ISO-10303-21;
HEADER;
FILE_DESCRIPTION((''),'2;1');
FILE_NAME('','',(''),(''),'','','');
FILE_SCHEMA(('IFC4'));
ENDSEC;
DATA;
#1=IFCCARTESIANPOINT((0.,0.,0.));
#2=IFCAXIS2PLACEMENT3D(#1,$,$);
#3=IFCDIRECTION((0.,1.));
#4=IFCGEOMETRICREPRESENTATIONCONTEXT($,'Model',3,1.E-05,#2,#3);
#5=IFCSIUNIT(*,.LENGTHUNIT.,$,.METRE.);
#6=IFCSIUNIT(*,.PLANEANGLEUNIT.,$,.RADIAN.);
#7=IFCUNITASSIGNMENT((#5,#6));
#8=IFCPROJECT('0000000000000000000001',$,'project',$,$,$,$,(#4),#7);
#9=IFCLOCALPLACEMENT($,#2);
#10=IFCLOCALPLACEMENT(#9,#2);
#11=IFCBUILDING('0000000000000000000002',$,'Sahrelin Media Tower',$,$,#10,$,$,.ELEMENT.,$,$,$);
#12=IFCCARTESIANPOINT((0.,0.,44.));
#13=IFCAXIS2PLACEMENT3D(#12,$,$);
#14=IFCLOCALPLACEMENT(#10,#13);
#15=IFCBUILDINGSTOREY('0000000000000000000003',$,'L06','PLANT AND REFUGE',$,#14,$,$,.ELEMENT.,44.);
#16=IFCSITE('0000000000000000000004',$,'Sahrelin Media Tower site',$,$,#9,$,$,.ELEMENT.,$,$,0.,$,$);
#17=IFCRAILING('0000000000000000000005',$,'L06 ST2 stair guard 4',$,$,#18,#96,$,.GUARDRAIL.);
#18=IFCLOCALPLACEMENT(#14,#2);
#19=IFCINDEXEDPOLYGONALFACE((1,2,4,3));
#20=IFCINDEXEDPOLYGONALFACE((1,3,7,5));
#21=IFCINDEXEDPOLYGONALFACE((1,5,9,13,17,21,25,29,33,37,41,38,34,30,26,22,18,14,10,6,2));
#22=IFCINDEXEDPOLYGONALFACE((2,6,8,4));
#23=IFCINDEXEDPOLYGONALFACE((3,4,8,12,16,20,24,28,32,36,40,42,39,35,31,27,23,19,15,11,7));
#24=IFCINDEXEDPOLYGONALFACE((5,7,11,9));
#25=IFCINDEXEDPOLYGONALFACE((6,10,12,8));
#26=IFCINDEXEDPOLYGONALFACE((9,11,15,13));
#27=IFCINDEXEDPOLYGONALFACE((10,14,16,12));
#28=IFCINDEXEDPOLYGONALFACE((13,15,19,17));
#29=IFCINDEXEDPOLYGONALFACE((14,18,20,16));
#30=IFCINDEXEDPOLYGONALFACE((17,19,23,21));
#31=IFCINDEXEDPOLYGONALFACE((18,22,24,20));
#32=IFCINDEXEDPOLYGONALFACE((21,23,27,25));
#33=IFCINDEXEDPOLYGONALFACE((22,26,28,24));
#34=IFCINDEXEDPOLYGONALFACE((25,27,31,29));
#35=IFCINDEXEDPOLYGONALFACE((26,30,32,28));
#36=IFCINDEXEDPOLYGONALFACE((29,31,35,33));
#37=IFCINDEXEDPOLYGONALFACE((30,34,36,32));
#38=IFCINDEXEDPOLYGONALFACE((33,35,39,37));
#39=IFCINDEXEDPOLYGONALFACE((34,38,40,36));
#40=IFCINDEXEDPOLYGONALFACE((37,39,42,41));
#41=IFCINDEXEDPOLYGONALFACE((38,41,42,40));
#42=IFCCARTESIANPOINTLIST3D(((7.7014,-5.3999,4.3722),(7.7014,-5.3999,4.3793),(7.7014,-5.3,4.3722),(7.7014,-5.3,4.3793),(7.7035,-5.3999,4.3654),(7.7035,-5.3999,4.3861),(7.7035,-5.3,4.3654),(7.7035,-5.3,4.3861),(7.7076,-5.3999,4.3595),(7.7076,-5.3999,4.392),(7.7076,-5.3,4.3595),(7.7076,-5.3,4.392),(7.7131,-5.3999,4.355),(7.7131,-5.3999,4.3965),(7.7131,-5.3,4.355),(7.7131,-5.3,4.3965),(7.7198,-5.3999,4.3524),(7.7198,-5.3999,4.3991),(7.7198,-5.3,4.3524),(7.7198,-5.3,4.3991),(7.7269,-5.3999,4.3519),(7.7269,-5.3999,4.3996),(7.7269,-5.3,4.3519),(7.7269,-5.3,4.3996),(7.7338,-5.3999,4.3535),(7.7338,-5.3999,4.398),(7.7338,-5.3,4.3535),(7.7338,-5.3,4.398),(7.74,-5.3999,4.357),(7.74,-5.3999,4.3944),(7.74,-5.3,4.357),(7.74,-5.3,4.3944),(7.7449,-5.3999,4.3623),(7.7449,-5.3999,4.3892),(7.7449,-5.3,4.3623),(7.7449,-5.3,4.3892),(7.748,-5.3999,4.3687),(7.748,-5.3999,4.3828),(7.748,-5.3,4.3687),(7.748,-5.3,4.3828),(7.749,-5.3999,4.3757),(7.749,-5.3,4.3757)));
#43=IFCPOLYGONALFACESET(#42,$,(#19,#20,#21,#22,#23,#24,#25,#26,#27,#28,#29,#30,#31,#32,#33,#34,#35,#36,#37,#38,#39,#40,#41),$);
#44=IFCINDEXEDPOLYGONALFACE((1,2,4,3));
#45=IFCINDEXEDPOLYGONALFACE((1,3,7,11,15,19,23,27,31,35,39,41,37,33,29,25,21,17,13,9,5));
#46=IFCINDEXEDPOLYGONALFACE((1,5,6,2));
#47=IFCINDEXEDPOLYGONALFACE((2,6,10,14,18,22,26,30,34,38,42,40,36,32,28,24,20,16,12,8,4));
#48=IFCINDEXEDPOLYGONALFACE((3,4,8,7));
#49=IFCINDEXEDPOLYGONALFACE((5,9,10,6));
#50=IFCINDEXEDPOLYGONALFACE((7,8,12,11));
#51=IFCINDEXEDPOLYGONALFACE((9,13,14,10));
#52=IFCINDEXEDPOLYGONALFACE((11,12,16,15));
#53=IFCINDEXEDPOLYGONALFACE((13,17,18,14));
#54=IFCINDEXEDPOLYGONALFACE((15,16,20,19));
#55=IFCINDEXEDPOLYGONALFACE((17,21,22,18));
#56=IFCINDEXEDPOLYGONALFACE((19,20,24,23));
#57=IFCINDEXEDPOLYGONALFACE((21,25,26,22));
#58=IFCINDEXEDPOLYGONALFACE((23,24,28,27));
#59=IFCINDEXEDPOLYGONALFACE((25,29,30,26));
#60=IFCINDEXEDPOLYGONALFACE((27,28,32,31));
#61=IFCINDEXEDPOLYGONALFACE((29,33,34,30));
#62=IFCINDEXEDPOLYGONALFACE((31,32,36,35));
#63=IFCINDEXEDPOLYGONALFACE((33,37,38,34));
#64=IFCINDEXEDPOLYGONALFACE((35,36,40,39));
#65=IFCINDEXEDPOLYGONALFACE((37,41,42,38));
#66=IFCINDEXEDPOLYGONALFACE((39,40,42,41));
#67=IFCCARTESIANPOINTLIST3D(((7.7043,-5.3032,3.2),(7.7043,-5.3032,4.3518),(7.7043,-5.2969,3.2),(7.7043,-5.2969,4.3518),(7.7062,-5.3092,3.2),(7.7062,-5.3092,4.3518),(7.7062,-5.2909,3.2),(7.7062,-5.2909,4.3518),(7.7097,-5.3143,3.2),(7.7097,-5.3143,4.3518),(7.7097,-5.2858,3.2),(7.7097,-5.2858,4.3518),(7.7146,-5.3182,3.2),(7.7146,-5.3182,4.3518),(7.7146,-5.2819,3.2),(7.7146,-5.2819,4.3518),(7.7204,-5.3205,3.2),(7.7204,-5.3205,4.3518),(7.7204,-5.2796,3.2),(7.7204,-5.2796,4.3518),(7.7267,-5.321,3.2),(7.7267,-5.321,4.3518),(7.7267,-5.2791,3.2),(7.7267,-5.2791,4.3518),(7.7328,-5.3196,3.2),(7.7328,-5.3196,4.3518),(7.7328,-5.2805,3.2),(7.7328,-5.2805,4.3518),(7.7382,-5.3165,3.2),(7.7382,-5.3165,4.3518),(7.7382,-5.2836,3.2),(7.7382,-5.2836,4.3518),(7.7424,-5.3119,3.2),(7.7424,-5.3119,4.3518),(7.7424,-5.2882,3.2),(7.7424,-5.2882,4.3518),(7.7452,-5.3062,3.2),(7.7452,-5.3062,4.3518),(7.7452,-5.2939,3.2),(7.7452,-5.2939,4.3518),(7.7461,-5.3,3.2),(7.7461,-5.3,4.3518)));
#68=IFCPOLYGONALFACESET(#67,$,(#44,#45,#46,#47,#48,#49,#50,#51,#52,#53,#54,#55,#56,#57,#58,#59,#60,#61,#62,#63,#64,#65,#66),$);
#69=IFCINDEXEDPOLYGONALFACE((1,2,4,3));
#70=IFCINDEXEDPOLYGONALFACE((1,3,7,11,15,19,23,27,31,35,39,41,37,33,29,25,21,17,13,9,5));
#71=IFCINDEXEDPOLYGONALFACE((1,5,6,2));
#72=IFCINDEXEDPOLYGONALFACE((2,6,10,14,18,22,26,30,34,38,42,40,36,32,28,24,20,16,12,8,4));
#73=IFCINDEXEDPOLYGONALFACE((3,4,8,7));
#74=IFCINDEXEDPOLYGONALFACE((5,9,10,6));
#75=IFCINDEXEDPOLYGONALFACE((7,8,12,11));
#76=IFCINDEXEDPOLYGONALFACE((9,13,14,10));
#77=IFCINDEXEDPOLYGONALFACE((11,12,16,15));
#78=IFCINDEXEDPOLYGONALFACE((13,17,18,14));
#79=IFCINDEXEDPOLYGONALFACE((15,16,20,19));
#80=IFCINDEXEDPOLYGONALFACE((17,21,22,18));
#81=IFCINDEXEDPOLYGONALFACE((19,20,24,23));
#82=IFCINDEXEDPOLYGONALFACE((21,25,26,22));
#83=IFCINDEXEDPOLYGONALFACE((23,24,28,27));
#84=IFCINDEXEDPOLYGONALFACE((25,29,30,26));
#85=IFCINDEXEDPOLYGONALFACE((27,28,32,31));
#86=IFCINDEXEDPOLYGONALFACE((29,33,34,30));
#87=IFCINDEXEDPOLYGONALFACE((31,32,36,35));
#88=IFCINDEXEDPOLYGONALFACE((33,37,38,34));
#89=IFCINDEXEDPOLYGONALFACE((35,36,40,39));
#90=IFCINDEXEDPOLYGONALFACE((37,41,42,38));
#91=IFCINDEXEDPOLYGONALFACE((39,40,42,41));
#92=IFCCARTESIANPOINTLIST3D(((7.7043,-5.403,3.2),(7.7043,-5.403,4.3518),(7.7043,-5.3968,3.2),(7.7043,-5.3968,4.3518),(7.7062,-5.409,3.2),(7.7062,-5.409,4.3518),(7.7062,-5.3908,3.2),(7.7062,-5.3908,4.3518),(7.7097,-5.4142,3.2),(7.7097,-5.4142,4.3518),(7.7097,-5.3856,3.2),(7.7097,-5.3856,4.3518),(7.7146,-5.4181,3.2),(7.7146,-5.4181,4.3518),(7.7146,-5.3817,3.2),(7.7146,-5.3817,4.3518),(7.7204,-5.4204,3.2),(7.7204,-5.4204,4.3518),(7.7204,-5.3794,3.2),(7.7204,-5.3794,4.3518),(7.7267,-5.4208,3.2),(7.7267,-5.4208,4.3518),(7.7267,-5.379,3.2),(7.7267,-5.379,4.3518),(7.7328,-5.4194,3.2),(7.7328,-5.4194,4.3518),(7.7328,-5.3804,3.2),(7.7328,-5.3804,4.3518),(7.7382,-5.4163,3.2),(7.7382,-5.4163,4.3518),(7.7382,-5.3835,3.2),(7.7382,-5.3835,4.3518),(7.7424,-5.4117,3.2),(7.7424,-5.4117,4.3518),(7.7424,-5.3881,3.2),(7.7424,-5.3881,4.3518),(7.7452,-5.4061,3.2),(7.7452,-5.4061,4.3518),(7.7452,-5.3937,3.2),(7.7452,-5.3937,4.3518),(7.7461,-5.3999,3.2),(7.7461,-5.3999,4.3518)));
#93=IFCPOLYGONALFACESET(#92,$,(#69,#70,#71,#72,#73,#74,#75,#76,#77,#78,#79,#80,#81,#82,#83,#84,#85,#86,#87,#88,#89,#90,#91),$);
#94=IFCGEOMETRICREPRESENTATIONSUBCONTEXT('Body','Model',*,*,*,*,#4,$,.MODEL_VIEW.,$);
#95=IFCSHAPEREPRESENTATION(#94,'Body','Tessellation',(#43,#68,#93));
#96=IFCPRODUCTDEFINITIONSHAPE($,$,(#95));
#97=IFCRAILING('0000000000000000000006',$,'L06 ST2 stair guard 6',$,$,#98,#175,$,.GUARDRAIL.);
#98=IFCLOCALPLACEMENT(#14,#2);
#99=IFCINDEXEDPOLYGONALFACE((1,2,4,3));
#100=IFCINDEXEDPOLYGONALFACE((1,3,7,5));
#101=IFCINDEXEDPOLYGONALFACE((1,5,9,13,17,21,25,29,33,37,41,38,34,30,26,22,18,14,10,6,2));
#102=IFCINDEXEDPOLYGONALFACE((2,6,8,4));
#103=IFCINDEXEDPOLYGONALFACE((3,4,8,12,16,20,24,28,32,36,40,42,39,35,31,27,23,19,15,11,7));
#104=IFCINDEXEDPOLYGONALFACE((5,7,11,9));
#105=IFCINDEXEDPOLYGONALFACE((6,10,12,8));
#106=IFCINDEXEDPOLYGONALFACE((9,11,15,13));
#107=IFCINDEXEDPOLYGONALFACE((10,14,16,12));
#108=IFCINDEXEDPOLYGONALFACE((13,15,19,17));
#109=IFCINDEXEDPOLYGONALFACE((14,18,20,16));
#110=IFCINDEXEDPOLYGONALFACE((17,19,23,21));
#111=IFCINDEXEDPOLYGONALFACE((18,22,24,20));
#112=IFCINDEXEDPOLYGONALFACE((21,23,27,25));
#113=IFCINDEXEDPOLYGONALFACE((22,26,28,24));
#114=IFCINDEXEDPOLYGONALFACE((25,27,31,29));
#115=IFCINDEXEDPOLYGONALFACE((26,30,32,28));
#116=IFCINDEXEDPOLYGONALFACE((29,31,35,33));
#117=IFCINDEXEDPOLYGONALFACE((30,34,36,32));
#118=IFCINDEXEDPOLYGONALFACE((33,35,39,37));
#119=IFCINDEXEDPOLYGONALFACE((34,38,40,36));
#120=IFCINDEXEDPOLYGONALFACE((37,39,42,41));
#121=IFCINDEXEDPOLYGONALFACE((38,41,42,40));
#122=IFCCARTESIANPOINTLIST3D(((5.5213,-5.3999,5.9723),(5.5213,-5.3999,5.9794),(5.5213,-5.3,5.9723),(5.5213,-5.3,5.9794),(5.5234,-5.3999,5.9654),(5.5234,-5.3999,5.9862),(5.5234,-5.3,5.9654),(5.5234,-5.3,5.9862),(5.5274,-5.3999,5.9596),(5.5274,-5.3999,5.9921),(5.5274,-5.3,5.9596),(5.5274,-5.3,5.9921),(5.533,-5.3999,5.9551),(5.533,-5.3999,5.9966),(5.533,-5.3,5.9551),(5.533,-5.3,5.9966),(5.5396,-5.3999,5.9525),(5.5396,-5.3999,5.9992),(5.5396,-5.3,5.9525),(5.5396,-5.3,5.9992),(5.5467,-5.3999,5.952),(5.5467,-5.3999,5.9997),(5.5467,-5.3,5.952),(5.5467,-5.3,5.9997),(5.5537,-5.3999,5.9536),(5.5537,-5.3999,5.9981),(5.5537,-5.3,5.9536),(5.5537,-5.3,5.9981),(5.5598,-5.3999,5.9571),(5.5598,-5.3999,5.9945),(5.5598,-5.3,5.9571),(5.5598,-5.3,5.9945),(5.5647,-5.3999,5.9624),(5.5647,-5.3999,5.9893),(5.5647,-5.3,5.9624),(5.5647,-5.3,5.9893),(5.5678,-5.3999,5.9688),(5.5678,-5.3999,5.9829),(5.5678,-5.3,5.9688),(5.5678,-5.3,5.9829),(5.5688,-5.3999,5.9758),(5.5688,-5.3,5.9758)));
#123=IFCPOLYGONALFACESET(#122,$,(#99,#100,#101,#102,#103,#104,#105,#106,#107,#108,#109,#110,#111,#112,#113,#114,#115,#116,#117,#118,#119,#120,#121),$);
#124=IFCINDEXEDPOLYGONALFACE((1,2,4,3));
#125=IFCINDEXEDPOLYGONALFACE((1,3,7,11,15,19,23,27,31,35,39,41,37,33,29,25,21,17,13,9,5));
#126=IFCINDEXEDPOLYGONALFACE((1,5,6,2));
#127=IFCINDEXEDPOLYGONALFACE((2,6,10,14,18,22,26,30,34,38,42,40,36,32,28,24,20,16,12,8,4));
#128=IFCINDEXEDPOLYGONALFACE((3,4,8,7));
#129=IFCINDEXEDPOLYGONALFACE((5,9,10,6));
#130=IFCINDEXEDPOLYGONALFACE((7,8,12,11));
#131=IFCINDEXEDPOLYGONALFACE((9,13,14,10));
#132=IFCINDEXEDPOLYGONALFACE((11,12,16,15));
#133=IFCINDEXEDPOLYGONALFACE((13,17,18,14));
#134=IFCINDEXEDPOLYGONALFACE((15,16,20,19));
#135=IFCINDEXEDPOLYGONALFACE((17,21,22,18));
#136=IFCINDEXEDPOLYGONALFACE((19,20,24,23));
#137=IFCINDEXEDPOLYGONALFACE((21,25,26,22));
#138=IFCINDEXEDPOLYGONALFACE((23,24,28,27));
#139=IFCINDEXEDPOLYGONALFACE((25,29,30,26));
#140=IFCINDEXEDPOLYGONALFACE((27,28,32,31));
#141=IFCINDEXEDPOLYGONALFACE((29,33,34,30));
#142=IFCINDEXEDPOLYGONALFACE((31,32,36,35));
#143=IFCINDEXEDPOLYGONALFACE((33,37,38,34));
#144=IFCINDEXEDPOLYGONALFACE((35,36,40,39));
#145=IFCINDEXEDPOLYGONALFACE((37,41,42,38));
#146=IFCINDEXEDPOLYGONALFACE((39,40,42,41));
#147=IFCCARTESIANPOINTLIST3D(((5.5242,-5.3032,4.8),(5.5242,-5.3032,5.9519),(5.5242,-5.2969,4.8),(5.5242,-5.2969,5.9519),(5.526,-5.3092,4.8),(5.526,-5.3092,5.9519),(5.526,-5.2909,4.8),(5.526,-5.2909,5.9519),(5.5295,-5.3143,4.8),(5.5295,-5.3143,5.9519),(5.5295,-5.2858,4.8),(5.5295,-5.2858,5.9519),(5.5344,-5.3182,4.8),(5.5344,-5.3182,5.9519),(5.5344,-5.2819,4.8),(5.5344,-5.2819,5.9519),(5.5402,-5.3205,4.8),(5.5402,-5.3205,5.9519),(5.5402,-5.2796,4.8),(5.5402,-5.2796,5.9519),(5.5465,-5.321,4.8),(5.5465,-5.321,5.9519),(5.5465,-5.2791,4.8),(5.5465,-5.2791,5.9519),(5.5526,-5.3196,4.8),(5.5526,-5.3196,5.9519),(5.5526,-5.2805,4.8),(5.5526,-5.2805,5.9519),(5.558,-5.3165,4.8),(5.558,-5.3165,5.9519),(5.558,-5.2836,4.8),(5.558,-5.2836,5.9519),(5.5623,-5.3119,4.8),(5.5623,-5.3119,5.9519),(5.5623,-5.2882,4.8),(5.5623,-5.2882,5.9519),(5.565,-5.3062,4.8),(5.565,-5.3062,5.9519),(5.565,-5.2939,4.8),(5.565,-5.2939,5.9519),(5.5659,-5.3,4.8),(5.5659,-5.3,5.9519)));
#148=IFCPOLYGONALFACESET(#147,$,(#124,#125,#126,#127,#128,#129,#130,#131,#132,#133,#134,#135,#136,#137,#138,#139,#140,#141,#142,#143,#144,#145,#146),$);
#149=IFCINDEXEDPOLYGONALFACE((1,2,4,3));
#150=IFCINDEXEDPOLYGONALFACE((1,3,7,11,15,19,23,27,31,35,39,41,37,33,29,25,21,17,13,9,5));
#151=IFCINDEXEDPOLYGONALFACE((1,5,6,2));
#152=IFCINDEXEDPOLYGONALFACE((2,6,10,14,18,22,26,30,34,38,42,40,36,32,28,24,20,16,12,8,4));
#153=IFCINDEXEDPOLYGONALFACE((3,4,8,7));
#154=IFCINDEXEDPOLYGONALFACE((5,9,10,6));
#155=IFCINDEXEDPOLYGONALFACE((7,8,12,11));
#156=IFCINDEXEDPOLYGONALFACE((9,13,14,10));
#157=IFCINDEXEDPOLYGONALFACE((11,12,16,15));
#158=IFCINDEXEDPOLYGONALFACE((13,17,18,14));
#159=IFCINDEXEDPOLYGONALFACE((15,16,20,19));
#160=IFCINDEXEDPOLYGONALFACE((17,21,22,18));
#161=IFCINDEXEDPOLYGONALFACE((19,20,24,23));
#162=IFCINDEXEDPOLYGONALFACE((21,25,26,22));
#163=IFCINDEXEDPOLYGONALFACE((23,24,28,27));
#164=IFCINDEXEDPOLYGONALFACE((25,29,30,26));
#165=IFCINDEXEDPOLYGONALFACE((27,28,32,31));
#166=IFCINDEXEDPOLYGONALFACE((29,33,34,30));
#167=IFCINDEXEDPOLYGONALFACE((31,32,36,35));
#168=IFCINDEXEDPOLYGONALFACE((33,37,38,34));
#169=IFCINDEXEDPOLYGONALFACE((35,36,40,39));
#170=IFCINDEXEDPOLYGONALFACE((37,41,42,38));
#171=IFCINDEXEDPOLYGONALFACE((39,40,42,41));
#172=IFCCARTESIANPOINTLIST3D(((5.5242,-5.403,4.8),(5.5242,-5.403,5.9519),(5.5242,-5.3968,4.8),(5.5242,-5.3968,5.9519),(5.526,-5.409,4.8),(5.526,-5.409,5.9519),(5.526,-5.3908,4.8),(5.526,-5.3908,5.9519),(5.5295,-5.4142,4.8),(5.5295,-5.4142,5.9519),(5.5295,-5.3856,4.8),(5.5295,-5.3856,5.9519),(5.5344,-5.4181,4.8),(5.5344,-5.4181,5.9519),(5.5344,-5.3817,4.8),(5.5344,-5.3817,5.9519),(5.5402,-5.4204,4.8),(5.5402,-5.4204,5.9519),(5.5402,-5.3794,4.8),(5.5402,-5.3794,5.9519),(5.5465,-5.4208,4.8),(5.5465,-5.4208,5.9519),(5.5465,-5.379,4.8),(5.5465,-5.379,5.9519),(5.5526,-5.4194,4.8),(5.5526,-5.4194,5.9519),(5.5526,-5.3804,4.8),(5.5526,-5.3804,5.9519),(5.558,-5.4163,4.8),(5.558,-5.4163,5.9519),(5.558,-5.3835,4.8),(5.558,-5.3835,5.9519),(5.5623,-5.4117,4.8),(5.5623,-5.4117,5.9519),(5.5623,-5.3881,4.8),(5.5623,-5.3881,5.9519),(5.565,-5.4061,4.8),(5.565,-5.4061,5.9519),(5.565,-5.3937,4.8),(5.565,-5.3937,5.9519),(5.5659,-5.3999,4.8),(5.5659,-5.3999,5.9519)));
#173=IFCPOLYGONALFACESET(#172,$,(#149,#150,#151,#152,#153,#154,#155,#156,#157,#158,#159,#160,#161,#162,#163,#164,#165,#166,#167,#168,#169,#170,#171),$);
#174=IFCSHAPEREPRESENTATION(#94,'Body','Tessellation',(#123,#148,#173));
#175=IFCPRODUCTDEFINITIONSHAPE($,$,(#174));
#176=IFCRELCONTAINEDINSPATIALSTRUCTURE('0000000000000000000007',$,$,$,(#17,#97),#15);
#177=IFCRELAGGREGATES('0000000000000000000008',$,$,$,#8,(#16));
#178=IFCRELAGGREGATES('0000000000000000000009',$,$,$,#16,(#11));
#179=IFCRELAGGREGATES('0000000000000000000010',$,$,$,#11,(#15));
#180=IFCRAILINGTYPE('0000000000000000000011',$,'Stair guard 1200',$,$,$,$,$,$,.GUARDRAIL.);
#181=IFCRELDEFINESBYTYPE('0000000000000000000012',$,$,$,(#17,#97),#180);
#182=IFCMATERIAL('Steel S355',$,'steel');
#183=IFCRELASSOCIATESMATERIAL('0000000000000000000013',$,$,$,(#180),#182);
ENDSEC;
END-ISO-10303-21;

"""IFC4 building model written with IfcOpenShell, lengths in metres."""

from ifc_helpers import new_model, si_unit, direction, frame, origin, origin_2d, place, context, subcontext, project, spatial, circle, extrude, material, type_object, element, save


model = new_model("IFC4")

# Units and contexts
model_context = context("Model", 3, precision=1e-05, world=origin(), true_north=direction((0.0, 1.0)))
body_context = subcontext(model_context, "Body", "Model", "MODEL_VIEW")
ifc_project = project(units=[si_unit("LENGTHUNIT", "METRE"), si_unit("PLANEANGLEUNIT", "RADIAN")], contexts=[model_context])

# Site, building, storey
site_placement = place(None, origin())
site = spatial("IfcSite", under=ifc_project, at=site_placement, Name="Sahrelin Media Tower site", CompositionType="ELEMENT", RefElevation=0.0)
building_placement = place(site_placement, origin())
building = spatial("IfcBuilding", under=site, at=building_placement, Name="Sahrelin Media Tower", CompositionType="ELEMENT")
storey_placement = place(building_placement, frame((0.0, 0.0, 44.0)))
storey = spatial("IfcBuildingStorey", under=building, at=storey_placement, Name="L06", Description="PLANT AND REFUGE", CompositionType="ELEMENT", Elevation=44.0)

# Shared definitions
ifc_material_1 = material(Name="Steel S355", Category="steel")

# Railings
railing_type_1 = type_object("IfcRailingType", Name="Stair guard 1200", PredefinedType="GUARDRAIL", material=ifc_material_1)
for number, where, name in (
    (1, (7.7251, -5.3, 3.2), "L06 ST2 stair guard 4"),
    (2, (5.5449, -5.3, 4.8), "L06 ST2 stair guard 6"),
):
    element("IfcRailing", number, at=place(storey_placement, frame(where)), inside=storey, type_object=railing_type_1, Name=name, PredefinedType="GUARDRAIL", context=body_context, shape_type="SweptSolid", body=[
        extrude(circle(Radius=0.0239, at=origin_2d()), frame((0.0, 0.0, 1.1758), z_axis=(0.0, -1.0, 0.0), x_axis=(1.0, 0.0, 0.0)), (0.0, 0.0, 1.0), 0.0999),
        extrude(circle(Radius=0.021, at=origin_2d()), origin(), (0.0, 0.0, 1.0), 1.1519),
        extrude(circle(Radius=0.021, at=origin_2d()), frame((0.0, -0.0999, 0.0)), (0.0, 0.0, 1.0), 1.1519),
    ])

save(model, "model.ifc")
